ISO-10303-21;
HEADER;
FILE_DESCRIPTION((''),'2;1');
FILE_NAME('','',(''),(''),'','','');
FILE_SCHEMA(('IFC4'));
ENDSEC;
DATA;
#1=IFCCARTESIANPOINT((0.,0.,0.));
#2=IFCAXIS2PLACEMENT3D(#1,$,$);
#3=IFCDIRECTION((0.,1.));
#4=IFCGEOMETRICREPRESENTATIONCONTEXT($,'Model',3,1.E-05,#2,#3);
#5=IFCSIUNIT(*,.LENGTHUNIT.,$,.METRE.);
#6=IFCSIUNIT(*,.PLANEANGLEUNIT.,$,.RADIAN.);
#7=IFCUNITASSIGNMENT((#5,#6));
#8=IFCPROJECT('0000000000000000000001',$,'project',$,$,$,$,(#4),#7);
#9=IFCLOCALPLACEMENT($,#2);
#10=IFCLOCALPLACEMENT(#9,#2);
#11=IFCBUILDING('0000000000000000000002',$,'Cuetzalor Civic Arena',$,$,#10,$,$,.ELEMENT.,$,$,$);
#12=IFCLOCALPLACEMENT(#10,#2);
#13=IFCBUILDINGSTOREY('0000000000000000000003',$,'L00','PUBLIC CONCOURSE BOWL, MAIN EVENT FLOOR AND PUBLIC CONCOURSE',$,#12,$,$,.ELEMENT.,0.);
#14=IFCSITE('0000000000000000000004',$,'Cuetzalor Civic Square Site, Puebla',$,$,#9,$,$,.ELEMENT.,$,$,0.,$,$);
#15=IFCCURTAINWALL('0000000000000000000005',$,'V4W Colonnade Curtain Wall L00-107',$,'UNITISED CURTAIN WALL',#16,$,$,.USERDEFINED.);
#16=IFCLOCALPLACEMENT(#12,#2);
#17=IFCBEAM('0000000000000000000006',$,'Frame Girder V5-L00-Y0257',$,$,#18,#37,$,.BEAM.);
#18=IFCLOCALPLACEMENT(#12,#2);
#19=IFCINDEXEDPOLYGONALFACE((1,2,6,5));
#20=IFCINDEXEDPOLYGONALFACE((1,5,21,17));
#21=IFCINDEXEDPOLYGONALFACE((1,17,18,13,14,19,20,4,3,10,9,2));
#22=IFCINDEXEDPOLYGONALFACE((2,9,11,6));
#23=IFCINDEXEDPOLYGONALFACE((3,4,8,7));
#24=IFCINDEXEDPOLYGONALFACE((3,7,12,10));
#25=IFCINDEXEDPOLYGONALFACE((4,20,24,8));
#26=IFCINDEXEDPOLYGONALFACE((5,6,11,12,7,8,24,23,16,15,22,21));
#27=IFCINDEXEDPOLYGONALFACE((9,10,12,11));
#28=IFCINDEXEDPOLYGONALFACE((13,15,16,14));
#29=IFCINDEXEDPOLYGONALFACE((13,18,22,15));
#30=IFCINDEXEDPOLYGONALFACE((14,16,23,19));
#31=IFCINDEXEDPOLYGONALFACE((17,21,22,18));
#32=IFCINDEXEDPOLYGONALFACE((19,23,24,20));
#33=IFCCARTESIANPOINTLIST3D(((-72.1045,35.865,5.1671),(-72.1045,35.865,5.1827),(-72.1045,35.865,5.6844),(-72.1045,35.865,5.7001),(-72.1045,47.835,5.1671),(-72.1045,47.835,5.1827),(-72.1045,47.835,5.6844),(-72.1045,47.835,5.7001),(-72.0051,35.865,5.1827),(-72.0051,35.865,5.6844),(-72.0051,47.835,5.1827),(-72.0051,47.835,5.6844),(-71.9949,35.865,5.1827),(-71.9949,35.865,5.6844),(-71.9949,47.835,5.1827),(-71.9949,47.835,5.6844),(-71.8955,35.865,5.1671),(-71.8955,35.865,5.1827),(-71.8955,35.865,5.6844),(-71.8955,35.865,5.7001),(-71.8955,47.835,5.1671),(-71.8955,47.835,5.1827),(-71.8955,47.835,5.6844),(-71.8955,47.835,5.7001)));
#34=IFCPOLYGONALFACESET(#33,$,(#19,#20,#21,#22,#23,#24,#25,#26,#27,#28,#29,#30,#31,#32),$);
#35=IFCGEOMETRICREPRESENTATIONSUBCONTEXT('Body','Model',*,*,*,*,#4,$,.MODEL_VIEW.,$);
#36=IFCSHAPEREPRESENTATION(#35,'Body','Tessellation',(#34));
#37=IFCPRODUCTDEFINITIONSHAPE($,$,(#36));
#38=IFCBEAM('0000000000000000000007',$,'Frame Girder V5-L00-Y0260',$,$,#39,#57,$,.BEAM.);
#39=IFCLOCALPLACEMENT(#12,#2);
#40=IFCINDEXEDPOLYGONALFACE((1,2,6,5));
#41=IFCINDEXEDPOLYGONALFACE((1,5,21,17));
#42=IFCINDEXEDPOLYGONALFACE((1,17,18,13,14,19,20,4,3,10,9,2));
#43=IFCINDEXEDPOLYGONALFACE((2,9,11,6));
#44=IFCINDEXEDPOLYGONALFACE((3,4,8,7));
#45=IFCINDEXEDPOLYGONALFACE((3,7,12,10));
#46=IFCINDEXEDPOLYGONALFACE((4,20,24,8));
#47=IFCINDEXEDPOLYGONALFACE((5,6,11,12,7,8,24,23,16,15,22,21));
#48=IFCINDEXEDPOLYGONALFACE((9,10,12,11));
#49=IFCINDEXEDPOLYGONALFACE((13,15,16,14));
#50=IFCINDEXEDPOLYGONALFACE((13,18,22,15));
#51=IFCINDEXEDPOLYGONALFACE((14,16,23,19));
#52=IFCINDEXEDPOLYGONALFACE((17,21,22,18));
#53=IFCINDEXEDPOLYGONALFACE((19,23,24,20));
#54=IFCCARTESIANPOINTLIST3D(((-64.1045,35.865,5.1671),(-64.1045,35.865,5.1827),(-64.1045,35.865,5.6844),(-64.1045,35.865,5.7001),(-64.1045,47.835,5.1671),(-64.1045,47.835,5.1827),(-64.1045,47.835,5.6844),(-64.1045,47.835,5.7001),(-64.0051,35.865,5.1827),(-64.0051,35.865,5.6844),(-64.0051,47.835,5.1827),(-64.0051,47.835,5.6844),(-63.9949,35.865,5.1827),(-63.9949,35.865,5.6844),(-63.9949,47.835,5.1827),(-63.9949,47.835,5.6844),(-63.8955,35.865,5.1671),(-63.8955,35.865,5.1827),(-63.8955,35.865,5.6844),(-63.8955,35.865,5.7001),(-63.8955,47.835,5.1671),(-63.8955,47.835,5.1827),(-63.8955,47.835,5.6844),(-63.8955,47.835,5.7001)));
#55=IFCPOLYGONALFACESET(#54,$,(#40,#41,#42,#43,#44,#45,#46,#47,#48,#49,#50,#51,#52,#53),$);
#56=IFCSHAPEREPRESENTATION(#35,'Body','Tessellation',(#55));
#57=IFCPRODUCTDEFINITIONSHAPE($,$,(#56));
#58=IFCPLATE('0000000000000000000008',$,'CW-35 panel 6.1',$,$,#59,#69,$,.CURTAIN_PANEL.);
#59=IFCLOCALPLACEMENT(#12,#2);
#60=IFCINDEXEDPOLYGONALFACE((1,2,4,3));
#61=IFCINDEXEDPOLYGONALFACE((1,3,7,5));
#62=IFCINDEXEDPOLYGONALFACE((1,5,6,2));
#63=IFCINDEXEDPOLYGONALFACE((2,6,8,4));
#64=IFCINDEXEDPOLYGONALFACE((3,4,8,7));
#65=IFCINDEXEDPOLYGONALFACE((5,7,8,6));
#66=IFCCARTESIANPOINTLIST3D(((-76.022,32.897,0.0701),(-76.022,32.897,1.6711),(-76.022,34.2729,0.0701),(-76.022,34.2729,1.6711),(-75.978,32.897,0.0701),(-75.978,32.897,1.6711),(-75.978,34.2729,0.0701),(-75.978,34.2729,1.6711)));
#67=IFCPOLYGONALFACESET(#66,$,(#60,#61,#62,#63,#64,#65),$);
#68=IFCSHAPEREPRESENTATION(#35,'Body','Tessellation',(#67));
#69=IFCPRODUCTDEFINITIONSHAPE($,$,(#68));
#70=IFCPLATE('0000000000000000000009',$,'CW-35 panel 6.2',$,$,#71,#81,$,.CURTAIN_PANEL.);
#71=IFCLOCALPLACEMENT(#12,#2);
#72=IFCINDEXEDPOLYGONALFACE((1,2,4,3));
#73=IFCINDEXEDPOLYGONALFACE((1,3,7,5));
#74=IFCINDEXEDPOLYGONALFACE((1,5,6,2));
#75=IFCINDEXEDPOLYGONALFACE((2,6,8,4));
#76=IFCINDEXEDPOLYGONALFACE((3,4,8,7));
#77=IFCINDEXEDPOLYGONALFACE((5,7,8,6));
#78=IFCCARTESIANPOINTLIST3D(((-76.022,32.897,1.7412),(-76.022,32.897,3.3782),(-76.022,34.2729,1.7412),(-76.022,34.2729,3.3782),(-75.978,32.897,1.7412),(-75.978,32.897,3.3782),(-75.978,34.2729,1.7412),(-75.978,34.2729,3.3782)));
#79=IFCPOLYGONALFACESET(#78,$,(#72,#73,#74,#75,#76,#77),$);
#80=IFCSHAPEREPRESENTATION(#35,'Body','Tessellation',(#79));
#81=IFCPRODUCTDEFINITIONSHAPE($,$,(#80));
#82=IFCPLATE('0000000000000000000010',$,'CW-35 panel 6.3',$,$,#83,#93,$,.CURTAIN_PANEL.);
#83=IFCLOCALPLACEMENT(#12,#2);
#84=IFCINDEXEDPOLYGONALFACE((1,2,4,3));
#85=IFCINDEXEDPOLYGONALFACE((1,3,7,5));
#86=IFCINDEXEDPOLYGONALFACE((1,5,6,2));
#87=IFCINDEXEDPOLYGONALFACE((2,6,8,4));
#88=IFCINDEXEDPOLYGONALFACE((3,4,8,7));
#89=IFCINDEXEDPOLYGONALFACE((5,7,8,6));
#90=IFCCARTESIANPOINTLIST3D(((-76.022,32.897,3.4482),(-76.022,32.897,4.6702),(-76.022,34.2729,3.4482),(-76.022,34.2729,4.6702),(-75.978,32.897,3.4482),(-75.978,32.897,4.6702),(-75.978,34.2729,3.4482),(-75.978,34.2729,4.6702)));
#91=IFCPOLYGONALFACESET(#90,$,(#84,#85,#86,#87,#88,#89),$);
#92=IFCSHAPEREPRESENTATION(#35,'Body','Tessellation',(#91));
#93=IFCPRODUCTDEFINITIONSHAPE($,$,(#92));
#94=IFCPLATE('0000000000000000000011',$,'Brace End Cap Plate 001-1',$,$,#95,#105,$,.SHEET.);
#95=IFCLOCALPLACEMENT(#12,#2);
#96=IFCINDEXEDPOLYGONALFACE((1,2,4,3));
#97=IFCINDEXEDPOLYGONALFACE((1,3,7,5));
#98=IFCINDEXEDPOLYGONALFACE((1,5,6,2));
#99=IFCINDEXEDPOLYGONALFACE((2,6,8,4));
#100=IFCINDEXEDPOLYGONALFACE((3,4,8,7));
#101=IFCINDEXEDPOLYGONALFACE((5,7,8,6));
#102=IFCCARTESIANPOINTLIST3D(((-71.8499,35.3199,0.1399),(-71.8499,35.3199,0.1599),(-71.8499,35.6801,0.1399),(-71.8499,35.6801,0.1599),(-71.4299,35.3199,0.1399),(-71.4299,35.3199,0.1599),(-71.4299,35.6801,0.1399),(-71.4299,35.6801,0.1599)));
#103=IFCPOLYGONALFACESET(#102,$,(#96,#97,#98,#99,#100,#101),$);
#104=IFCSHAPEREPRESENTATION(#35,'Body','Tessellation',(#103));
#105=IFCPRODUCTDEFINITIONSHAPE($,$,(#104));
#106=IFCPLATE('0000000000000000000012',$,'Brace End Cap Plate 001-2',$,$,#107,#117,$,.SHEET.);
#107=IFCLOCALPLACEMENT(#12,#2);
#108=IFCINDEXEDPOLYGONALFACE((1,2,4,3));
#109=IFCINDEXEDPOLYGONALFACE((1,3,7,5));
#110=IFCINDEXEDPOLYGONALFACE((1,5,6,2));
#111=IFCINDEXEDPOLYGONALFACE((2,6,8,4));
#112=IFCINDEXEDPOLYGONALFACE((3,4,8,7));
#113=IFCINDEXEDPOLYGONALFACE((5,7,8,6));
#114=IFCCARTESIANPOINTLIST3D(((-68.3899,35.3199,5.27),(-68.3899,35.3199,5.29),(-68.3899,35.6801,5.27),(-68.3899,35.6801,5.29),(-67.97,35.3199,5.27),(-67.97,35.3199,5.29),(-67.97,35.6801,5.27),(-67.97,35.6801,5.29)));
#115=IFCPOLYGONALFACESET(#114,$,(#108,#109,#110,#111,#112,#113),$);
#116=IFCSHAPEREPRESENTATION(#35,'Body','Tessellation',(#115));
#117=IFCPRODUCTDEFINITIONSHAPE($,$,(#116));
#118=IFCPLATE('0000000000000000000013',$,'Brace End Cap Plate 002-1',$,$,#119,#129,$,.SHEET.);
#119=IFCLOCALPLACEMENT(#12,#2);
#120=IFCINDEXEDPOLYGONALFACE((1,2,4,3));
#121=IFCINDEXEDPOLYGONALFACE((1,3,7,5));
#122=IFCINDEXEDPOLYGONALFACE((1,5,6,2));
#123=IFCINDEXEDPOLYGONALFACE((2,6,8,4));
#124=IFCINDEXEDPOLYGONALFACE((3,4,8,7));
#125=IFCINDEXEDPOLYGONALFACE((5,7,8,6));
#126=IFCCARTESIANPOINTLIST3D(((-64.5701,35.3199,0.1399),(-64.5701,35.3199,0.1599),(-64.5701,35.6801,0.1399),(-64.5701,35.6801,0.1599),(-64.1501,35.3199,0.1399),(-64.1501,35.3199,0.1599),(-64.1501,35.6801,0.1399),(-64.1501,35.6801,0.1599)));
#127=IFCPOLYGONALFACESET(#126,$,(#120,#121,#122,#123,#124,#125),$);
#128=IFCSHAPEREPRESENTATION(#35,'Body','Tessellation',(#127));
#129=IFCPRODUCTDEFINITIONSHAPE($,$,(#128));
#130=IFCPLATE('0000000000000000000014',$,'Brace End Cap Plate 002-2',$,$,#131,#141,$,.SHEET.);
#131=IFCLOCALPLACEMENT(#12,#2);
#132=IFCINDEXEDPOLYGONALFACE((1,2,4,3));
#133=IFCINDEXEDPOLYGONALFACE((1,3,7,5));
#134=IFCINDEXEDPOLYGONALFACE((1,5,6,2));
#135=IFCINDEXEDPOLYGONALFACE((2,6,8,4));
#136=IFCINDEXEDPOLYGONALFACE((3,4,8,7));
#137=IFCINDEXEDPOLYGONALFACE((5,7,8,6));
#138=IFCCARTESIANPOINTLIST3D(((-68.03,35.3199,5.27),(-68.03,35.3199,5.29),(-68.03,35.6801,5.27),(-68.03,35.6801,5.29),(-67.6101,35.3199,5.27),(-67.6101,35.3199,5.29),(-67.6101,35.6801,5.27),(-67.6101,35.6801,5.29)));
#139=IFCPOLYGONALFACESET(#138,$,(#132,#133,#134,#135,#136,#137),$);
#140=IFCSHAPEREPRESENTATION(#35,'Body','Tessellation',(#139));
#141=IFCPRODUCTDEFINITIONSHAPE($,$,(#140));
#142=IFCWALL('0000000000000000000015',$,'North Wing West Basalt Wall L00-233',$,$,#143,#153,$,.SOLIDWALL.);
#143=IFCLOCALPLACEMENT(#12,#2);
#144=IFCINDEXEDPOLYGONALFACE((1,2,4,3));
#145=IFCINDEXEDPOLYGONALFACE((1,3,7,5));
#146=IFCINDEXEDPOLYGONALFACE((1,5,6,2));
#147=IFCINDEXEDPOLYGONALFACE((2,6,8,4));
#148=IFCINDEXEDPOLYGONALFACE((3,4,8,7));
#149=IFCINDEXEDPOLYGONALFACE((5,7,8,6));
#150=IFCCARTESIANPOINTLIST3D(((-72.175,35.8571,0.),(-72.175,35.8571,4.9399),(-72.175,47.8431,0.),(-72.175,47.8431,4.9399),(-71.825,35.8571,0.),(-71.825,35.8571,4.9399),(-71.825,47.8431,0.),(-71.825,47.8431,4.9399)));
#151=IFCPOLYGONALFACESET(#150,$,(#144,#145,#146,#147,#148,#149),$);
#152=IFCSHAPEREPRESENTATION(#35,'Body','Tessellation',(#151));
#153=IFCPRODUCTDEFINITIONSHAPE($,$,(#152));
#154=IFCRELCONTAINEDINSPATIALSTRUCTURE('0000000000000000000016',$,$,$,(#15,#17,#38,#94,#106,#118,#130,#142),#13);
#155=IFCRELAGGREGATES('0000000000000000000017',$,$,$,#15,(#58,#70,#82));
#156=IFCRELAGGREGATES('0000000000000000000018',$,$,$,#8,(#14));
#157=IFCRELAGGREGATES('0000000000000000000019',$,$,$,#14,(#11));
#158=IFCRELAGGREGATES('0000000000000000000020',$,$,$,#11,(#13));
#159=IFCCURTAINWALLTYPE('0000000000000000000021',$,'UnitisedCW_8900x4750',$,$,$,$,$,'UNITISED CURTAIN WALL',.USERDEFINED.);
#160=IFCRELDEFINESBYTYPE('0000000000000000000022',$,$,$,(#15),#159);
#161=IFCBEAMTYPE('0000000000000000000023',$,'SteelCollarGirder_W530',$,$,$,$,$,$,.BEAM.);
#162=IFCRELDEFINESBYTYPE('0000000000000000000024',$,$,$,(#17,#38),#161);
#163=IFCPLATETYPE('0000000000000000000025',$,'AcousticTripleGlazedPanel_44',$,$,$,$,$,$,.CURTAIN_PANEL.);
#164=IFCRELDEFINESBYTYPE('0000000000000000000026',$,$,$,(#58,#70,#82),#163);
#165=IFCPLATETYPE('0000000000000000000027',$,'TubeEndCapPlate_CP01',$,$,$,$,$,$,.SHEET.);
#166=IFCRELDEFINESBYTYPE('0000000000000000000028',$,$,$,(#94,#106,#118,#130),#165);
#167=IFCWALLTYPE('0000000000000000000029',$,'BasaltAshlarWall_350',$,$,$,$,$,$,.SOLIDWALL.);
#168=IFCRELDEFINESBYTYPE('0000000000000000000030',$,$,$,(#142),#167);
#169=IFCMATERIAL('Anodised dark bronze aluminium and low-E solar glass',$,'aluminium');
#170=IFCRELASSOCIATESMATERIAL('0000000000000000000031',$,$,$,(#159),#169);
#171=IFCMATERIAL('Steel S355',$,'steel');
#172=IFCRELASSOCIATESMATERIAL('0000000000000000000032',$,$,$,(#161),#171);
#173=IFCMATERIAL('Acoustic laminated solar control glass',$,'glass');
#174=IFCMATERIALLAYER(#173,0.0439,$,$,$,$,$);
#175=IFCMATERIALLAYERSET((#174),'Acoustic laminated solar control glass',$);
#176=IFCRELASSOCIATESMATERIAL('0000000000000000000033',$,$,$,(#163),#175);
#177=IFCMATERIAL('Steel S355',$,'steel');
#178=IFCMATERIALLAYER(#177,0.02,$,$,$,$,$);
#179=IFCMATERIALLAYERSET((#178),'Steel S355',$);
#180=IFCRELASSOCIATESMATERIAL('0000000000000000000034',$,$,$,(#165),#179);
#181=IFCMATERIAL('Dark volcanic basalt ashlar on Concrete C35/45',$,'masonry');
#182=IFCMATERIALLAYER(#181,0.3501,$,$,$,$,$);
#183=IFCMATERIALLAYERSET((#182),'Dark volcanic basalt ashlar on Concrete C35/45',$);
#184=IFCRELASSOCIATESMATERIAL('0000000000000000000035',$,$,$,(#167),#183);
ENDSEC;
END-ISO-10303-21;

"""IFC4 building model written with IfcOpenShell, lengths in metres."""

from ifc_helpers import new_model, si_unit, direction, frame, frame_2d, origin, origin_2d, place, context, subcontext, project, spatial, rectangle, i_section, extrude, material, layer, layer_set, material_profile, profile_set, type_object, element, aggregate, save


model = new_model("IFC4")

# Units and contexts
model_context = context("Model", 3, precision=1e-05, world=origin(), true_north=direction((0.0, 1.0)))
body_context = subcontext(model_context, "Body", "Model", "MODEL_VIEW")
ifc_project = project(units=[si_unit("LENGTHUNIT", "METRE"), si_unit("PLANEANGLEUNIT", "RADIAN")], contexts=[model_context])

# Site, building, storey
site_placement = place(None, origin())
site = spatial("IfcSite", under=ifc_project, at=site_placement, Name="Cuetzalor Civic Square Site, Puebla", CompositionType="ELEMENT", RefElevation=0.0)
building_placement = place(site_placement, origin())
building = spatial("IfcBuilding", under=site, at=building_placement, Name="Cuetzalor Civic Arena", CompositionType="ELEMENT")
storey_placement = place(building_placement, origin())
storey = spatial("IfcBuildingStorey", under=building, at=storey_placement, Name="L00", Description="PUBLIC CONCOURSE BOWL, MAIN EVENT FLOOR AND PUBLIC CONCOURSE", CompositionType="ELEMENT", Elevation=0.0)

# Curtain wall
ifc_material_1 = material(Name="Anodised dark bronze aluminium and low-E solar glass", Category="aluminium")
curtain_wall_type = type_object("IfcCurtainWallType", Name="UnitisedCW_8900x4750", ElementType="UNITISED CURTAIN WALL", PredefinedType="USERDEFINED", material=ifc_material_1)
curtain_wall_placement = place(storey_placement, origin())
curtain_wall = element("IfcCurtainWall", 1, at=curtain_wall_placement, inside=storey, type_object=curtain_wall_type, Name="V4W Colonnade Curtain Wall L00-107", ObjectType="UNITISED CURTAIN WALL", PredefinedType="USERDEFINED")

# Beams
ifc_material_2 = material(Name="Steel S355", Category="steel")
ifc_material_profile_1 = material_profile(ifc_material_2, i_section(OverallWidth=0.209, OverallDepth=0.533, WebThickness=0.0103, FlangeThickness=0.0156, at=origin_2d()), Name="W530x92")
ifc_profile_set_1 = profile_set([ifc_material_profile_1], Name="Steel S355")
beam_type_1 = type_object("IfcBeamType", Name="SteelCollarGirder_W530", PredefinedType="BEAM", material=ifc_profile_set_1)
for number, where, z_axis, x_axis, name in (
    (2, (-72.0, 35.865, 5.4336), (0.0, 1.0, 0.0), (-1.0, 0.0, 0.0), "Frame Girder V5-L00-Y0257"),
    (3, (-64.0, 35.865, 5.4336), (0.0, 1.0, 0.0), (-1.0, 0.0, 0.0), "Frame Girder V5-L00-Y0260"),
):
    element("IfcBeam", number, at=place(storey_placement, frame(where, z_axis=z_axis, x_axis=x_axis)), inside=storey, type_object=beam_type_1, Name=name, PredefinedType="BEAM", context=body_context, shape_type="SweptSolid", body=[
        extrude(i_section(OverallWidth=0.209, OverallDepth=0.533, WebThickness=0.0103, FlangeThickness=0.0156, at=origin_2d()), origin(), (0.0, 0.0, 1.0), 11.97),
    ])

# Plates
ifc_material_3 = material(Name="Acoustic laminated solar control glass", Category="glass")
ifc_layer_1 = layer(ifc_material_3, 0.0439)
ifc_layer_set_1 = layer_set([ifc_layer_1], Name="Acoustic laminated solar control glass")
plate_type_1 = type_object("IfcPlateType", Name="AcousticTripleGlazedPanel_44", PredefinedType="CURTAIN_PANEL", material=ifc_layer_set_1)
plate_1_placement = place(storey_placement, frame((-76.0, 33.585, 0.0701), z_axis=(0.0, 0.0, 1.0), x_axis=(0.0, 1.0, 0.0)))
plate_1 = element("IfcPlate", 4, at=plate_1_placement, type_object=plate_type_1, Name="CW-35 panel 6.1", PredefinedType="CURTAIN_PANEL", context=body_context, shape_type="SweptSolid", body=[
    extrude(rectangle(XDim=1.376, YDim=0.0439, at=origin_2d()), origin(), (0.0, 0.0, 1.0), 1.6011),
])
plate_2_placement = place(storey_placement, frame((-76.0, 33.585, 1.7412), z_axis=(0.0, 0.0, 1.0), x_axis=(0.0, 1.0, 0.0)))
plate_2 = element("IfcPlate", 5, at=plate_2_placement, type_object=plate_type_1, Name="CW-35 panel 6.2", PredefinedType="CURTAIN_PANEL", context=body_context, shape_type="SweptSolid", body=[
    extrude(rectangle(XDim=1.376, YDim=0.0439, at=origin_2d()), origin(), (0.0, 0.0, 1.0), 1.637),
])
plate_3_placement = place(storey_placement, frame((-76.0, 33.585, 3.4482), z_axis=(0.0, 0.0, 1.0), x_axis=(0.0, 1.0, 0.0)))
plate_3 = element("IfcPlate", 6, at=plate_3_placement, type_object=plate_type_1, Name="CW-35 panel 6.3", PredefinedType="CURTAIN_PANEL", context=body_context, shape_type="SweptSolid", body=[
    extrude(rectangle(XDim=1.376, YDim=0.0439, at=origin_2d()), origin(), (0.0, 0.0, 1.0), 1.2219),
])
aggregate(curtain_wall, [plate_1, plate_2, plate_3])

# Plates
ifc_material_4 = material(Name="Steel S355", Category="steel")
ifc_layer_2 = layer(ifc_material_4, 0.02)
ifc_layer_set_2 = layer_set([ifc_layer_2], Name="Steel S355")
plate_type_2 = type_object("IfcPlateType", Name="TubeEndCapPlate_CP01", PredefinedType="SHEET", material=ifc_layer_set_2)
for number, where, z_axis, x_axis, name in (
    (7, (-71.6399, 35.5, 0.1399), (0.0, 0.0, 1.0), (1.0, 0.0, 0.0), "Brace End Cap Plate 001-1"),
    (8, (-68.1799, 35.5, 5.27), (0.0, 0.0, 1.0), (1.0, 0.0, 0.0), "Brace End Cap Plate 001-2"),
    (9, (-64.3601, 35.5, 0.1399), (0.0, 0.0, 1.0), (1.0, 0.0, 0.0), "Brace End Cap Plate 002-1"),
    (10, (-67.8201, 35.5, 5.27), (0.0, 0.0, 1.0), (1.0, 0.0, 0.0), "Brace End Cap Plate 002-2"),
):
    element("IfcPlate", number, at=place(storey_placement, frame(where, z_axis=z_axis, x_axis=x_axis)), inside=storey, type_object=plate_type_2, Name=name, PredefinedType="SHEET", context=body_context, shape_type="SweptSolid", body=[
        extrude(rectangle(XDim=0.4199, YDim=0.3601, at=origin_2d()), origin(), (0.0, 0.0, 1.0), 0.02),
    ])

# Wall
ifc_material_5 = material(Name="Dark volcanic basalt ashlar on Concrete C35/45", Category="masonry")
ifc_layer_3 = layer(ifc_material_5, 0.3501)
ifc_layer_set_3 = layer_set([ifc_layer_3], Name="Dark volcanic basalt ashlar on Concrete C35/45")
wall_type = type_object("IfcWallType", Name="BasaltAshlarWall_350", PredefinedType="SOLIDWALL", material=ifc_layer_set_3)
wall_placement = place(storey_placement, frame((-72.0, 35.8569, 0.0), z_axis=(0.0, 0.0, 1.0), x_axis=(0.0, 1.0, 0.0)))
element("IfcWall", 11, at=wall_placement, inside=storey, type_object=wall_type, Name="North Wing West Basalt Wall L00-233", PredefinedType="SOLIDWALL", context=body_context, shape_type="SweptSolid", body=[
    extrude(rectangle(XDim=11.9861, YDim=0.3501, at=frame_2d((5.9932, 0.0))), origin(), (0.0, 0.0, 1.0), 4.9399),
])

save(model, "model.ifc")
